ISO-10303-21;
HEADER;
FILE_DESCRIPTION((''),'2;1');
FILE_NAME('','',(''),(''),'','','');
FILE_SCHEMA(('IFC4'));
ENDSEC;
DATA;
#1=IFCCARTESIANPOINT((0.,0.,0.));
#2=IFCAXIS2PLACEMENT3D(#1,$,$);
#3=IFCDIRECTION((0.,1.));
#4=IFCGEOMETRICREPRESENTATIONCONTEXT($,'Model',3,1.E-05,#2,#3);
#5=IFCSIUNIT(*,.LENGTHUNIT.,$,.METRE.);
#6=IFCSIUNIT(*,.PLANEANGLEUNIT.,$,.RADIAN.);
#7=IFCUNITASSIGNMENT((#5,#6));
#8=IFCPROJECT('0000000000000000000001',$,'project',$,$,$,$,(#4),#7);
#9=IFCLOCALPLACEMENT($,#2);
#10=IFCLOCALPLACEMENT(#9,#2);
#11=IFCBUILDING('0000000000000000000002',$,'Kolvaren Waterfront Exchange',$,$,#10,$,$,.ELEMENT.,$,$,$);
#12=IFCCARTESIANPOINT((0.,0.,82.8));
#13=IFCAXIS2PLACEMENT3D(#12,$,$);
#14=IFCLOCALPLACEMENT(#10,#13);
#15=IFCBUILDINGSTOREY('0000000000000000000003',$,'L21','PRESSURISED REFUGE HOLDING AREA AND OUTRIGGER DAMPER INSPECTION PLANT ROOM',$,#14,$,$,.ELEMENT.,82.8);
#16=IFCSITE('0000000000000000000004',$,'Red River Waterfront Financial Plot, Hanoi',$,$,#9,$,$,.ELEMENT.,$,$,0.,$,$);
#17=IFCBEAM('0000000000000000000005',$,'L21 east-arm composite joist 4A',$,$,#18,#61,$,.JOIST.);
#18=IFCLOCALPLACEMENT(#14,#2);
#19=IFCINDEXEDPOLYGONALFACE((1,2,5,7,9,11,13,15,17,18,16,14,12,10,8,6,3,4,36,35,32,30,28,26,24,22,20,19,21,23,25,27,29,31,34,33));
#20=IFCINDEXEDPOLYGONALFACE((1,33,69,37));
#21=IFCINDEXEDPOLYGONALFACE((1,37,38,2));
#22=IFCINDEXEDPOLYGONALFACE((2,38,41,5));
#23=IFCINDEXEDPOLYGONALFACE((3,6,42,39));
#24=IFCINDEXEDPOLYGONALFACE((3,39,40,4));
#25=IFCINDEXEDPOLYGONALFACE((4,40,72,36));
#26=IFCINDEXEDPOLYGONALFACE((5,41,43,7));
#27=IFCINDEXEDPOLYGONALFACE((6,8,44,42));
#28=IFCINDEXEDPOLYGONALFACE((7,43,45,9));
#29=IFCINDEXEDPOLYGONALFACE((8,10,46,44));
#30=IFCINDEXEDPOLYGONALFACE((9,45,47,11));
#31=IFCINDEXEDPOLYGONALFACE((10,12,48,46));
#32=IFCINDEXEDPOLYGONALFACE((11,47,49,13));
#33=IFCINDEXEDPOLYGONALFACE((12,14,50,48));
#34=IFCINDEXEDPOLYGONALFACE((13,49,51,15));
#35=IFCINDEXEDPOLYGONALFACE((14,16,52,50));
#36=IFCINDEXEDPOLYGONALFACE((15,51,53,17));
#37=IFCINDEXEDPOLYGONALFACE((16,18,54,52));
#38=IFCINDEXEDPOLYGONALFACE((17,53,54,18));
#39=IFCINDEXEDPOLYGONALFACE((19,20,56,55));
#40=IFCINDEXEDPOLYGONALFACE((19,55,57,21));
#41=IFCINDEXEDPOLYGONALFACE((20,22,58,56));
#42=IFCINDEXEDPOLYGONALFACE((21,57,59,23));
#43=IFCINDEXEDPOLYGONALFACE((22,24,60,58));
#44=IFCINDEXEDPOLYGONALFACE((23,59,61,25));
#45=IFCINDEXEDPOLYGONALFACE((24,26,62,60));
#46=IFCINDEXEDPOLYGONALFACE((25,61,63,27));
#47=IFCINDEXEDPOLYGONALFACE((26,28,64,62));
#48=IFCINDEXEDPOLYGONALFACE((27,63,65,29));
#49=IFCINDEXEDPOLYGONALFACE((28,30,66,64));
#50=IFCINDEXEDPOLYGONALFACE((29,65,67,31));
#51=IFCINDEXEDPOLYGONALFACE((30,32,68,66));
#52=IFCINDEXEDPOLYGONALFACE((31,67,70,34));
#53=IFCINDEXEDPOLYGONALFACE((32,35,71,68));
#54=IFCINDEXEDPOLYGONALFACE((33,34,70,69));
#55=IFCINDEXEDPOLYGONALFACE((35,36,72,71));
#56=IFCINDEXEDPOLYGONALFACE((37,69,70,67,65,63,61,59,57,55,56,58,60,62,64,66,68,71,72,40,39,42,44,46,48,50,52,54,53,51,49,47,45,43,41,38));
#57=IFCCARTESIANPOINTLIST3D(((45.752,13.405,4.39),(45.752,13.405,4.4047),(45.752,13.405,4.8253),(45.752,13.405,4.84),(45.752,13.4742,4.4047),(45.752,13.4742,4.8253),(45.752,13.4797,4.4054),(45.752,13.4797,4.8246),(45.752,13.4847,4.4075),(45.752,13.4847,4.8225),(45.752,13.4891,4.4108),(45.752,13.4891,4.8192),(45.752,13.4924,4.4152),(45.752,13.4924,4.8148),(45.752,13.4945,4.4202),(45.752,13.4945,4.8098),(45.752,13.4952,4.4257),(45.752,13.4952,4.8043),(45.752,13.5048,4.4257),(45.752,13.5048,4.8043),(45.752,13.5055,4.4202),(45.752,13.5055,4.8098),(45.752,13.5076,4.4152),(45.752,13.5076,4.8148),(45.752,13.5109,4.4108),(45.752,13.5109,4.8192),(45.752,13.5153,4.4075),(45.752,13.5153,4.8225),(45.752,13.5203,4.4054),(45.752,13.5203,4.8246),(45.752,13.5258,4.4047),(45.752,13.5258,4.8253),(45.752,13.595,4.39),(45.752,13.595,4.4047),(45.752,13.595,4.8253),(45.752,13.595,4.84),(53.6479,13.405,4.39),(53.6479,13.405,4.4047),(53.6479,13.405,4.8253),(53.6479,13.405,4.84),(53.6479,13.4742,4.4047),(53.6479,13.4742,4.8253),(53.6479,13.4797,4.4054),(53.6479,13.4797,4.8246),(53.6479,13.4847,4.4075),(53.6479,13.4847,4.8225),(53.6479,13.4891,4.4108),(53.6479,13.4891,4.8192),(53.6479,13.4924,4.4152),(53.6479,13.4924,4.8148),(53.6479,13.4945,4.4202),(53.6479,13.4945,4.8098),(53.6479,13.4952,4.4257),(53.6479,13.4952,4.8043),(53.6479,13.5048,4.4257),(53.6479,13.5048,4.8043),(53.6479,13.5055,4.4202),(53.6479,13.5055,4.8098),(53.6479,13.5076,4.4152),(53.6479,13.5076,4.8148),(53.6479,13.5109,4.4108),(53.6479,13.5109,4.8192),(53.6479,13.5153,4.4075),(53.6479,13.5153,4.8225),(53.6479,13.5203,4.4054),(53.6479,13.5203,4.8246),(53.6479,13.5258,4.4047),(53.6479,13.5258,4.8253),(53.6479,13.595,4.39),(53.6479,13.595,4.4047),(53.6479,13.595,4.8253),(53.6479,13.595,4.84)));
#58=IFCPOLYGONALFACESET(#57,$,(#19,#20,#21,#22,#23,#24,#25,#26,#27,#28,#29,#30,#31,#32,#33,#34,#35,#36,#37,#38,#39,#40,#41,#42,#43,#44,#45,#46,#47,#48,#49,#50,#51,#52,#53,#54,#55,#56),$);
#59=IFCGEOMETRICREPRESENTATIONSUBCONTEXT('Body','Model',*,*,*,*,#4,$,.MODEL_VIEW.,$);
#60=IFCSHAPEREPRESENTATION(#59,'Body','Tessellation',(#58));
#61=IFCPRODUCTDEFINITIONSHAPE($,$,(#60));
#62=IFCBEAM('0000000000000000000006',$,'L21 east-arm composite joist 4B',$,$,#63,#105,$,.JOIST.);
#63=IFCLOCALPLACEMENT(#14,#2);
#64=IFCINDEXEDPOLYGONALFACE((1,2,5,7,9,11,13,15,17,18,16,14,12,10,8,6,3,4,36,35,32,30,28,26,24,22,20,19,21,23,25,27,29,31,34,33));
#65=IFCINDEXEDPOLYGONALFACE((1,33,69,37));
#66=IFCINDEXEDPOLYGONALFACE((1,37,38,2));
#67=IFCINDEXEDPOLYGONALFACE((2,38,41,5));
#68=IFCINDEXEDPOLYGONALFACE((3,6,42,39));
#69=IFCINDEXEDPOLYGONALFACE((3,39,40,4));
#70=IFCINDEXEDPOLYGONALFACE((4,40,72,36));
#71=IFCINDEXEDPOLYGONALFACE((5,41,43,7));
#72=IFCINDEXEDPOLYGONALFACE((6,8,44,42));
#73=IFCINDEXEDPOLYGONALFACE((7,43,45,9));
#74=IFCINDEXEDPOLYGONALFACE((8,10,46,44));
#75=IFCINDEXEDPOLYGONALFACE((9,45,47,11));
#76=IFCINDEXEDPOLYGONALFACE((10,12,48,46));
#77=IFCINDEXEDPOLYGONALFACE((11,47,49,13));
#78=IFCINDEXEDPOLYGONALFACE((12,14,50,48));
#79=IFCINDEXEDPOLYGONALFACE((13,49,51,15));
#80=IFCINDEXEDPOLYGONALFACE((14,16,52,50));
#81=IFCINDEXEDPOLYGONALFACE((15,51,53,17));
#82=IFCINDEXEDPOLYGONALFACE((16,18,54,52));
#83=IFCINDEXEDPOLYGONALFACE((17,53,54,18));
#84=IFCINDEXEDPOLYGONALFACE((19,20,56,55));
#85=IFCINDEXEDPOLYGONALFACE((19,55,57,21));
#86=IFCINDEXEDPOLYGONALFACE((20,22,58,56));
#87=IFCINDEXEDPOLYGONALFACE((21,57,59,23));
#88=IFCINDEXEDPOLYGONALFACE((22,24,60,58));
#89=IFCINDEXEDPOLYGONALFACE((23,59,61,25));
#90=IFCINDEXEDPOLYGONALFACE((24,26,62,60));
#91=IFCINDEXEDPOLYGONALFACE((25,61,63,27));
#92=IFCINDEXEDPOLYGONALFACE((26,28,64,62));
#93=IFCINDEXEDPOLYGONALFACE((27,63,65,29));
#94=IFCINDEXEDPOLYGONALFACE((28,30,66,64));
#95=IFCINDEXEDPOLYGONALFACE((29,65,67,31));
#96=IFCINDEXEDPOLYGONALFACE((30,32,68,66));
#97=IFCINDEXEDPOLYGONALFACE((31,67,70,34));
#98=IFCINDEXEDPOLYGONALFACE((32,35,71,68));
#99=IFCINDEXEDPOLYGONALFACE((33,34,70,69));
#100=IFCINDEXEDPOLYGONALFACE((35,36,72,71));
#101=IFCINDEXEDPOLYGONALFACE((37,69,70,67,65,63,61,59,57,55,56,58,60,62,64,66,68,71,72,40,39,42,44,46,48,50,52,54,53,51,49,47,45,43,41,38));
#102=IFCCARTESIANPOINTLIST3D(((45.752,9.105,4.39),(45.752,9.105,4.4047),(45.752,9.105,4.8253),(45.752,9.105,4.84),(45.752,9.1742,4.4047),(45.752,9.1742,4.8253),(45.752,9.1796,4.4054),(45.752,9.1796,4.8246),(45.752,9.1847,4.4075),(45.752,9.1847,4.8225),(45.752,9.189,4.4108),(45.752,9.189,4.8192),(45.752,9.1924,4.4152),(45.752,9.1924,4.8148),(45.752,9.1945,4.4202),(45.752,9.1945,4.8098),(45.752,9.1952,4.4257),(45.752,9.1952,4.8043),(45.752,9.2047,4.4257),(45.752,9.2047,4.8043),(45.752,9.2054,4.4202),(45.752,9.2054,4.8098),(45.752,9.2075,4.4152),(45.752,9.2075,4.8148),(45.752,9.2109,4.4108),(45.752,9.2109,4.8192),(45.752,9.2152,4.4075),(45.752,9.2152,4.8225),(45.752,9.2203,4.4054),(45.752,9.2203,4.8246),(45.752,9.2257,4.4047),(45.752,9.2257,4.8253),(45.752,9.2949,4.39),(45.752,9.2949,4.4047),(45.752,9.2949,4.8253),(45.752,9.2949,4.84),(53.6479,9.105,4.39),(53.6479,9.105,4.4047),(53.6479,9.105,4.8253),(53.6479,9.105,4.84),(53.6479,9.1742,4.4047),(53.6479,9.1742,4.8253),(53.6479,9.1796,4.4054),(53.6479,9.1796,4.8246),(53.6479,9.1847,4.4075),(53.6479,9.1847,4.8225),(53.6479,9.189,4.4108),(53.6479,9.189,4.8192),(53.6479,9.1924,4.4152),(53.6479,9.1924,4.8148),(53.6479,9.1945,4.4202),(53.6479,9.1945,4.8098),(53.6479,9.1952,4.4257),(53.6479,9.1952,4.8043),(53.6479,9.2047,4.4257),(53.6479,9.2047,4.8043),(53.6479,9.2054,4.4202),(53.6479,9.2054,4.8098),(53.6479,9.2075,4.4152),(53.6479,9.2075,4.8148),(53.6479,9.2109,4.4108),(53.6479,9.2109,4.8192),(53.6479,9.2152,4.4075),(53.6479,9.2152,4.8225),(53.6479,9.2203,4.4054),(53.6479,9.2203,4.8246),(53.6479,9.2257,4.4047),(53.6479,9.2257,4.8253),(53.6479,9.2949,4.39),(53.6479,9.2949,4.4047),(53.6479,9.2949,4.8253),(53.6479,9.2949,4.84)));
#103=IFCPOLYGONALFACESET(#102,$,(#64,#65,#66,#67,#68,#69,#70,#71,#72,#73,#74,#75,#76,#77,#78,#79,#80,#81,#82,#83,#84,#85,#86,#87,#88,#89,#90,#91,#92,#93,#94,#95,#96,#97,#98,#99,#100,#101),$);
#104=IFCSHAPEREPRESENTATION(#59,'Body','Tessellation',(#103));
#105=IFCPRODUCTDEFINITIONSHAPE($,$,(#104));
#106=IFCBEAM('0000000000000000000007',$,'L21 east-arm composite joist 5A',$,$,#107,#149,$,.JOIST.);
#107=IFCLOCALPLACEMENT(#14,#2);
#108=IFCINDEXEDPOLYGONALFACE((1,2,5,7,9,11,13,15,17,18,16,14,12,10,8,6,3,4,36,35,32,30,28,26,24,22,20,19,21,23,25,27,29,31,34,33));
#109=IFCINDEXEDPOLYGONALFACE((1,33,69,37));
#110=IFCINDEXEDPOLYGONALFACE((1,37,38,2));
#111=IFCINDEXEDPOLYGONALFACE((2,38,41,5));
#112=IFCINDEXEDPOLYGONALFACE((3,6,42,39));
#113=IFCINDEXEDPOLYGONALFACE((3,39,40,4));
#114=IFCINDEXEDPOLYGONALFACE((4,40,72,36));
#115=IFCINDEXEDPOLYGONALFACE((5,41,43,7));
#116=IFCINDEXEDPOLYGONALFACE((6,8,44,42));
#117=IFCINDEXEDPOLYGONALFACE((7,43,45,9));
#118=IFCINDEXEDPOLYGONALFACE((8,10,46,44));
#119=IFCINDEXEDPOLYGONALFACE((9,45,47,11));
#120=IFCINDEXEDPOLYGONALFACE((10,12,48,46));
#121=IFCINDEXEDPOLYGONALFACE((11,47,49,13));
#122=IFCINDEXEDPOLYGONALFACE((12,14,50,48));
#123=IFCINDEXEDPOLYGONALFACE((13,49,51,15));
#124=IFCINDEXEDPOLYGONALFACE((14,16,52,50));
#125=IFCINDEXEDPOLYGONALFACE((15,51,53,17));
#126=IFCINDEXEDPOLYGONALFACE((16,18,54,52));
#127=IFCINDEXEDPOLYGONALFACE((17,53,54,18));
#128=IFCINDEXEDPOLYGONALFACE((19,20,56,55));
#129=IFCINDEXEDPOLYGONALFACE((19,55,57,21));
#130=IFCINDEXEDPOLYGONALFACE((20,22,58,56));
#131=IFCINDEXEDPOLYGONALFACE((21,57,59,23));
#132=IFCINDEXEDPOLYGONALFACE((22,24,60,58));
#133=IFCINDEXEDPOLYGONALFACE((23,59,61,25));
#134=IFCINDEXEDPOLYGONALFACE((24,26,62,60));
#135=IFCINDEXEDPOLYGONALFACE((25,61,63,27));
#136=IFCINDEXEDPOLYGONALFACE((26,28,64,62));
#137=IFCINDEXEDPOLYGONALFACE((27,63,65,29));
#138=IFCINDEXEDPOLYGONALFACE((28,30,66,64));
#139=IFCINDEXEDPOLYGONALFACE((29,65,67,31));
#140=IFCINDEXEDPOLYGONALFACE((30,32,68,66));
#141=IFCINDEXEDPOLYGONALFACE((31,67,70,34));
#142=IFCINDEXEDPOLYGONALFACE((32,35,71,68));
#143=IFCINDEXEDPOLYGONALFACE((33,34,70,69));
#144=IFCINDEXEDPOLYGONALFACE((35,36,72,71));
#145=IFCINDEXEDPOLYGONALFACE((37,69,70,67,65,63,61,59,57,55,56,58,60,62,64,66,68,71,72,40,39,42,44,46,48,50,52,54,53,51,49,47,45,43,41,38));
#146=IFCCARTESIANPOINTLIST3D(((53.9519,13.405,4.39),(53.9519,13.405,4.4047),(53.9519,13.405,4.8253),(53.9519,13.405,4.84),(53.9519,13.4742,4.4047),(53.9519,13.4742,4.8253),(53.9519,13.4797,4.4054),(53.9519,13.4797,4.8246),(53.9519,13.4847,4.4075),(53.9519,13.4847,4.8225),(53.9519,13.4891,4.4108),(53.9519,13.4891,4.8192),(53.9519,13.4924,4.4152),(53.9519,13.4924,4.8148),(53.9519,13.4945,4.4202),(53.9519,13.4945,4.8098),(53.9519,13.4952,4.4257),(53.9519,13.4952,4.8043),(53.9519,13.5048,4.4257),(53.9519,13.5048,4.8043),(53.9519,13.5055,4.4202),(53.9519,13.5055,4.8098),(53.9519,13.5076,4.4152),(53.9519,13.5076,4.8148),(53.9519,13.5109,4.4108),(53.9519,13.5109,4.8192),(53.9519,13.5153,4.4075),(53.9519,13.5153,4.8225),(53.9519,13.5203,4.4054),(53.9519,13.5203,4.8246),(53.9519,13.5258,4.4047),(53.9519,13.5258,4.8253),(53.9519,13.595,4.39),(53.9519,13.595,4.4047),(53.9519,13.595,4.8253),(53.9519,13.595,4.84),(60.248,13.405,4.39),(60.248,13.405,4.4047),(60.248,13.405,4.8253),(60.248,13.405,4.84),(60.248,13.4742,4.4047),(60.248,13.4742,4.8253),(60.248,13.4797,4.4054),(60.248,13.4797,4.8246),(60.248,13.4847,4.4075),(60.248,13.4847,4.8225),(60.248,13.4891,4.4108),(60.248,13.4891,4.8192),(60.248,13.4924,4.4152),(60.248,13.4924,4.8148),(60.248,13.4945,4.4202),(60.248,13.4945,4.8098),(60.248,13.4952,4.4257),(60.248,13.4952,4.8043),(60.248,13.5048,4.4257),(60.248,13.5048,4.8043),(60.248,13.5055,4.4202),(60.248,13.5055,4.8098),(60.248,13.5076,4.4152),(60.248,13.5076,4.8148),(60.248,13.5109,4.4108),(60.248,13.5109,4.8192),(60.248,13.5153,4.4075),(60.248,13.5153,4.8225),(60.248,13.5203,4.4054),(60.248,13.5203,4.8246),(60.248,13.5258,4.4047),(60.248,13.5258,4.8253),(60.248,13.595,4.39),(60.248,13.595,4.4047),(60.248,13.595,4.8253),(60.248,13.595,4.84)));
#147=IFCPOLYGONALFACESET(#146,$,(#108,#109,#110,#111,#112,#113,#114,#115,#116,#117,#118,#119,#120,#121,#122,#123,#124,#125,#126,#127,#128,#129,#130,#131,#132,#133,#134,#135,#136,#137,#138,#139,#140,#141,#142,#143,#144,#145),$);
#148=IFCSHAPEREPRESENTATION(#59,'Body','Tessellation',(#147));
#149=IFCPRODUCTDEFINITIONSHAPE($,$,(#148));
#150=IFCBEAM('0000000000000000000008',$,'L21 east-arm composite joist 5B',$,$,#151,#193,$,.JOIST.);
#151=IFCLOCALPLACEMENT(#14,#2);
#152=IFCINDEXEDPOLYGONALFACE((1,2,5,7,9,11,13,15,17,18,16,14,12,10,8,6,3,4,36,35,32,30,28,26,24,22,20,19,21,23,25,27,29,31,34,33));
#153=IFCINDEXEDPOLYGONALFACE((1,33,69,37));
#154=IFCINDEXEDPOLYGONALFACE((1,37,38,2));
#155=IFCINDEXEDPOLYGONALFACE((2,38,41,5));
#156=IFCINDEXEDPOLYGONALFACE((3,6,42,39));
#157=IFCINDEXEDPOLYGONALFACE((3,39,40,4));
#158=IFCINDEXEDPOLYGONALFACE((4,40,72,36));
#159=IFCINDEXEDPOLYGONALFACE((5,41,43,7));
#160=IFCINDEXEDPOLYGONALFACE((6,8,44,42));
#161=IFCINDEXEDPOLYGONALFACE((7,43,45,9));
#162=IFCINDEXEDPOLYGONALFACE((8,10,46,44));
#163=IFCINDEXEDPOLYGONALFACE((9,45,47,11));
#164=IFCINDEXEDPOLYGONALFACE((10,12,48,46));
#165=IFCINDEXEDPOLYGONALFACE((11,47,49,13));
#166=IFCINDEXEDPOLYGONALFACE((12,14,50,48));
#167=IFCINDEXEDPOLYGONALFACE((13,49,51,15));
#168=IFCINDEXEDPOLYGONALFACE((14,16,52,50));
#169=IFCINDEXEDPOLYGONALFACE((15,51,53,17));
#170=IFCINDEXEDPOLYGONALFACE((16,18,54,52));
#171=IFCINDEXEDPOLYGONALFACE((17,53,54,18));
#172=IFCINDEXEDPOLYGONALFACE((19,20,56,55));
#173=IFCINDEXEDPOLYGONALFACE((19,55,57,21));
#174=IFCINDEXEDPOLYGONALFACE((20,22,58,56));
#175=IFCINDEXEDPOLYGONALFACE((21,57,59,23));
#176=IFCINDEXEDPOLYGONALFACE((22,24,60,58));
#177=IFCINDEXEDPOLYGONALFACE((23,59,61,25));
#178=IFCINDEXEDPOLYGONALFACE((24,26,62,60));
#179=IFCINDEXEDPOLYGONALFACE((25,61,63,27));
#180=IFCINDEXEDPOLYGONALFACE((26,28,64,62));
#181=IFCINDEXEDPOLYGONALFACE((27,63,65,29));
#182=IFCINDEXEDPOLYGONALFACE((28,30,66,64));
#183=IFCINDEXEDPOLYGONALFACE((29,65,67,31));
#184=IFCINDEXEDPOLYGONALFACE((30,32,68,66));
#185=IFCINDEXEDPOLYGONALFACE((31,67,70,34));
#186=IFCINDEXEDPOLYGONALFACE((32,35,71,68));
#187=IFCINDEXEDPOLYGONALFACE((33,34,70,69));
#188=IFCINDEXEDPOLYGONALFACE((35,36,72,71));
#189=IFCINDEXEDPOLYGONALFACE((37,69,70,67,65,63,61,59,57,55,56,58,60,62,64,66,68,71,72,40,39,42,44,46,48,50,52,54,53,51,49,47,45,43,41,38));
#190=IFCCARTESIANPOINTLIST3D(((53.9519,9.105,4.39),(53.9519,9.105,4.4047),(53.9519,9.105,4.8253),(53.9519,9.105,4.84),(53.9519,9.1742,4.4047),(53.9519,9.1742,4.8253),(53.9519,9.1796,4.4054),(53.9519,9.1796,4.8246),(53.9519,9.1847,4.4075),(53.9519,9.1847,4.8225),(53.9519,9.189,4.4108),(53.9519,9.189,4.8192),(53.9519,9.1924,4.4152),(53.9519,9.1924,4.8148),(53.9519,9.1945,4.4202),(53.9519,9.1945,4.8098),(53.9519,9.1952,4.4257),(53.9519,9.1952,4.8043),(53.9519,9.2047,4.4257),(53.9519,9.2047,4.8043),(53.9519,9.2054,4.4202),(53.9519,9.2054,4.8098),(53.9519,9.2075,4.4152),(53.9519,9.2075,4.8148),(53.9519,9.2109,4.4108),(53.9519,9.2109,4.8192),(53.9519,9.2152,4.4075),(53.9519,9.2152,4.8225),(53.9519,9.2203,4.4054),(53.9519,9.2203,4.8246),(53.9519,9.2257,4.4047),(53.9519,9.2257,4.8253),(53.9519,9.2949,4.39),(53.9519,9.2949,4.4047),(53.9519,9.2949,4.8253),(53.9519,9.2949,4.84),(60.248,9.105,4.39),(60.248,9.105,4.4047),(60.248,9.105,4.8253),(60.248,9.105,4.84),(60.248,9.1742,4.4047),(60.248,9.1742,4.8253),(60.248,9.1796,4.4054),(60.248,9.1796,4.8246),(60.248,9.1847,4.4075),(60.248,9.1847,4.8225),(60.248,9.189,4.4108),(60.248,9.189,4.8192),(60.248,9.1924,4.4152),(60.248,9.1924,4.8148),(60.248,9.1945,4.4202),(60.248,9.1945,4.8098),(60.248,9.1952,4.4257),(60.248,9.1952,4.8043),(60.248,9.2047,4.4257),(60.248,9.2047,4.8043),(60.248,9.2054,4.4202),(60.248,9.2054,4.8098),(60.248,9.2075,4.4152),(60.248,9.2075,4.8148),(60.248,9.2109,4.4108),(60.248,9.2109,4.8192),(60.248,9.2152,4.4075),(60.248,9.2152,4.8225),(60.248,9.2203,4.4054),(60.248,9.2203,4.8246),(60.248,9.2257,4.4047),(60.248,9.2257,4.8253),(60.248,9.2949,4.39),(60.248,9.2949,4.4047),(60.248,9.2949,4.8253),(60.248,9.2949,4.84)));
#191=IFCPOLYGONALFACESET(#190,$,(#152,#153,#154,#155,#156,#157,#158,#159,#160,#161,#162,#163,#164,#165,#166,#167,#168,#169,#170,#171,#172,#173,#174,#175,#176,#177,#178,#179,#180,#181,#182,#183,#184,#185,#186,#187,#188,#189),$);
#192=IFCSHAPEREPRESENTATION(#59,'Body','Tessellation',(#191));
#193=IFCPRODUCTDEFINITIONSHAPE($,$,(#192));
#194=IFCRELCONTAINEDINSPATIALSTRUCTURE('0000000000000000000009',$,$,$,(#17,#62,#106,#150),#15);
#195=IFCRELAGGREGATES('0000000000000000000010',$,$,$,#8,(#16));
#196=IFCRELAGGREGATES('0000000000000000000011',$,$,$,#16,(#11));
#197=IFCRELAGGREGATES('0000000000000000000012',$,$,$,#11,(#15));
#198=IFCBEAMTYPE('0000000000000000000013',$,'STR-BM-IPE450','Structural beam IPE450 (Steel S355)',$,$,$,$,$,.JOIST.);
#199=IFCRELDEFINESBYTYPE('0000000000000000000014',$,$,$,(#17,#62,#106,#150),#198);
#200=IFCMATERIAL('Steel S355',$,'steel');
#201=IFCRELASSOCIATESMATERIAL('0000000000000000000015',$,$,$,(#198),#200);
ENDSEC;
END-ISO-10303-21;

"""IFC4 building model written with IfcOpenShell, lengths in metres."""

from ifc_helpers import new_model, si_unit, direction, frame, origin, origin_2d, place, context, subcontext, project, spatial, i_section, extrude, material, material_profile, profile_set, type_object, element, save


model = new_model("IFC4")

# Units and contexts
model_context = context("Model", 3, precision=1e-05, world=origin(), true_north=direction((0.0, 1.0)))
body_context = subcontext(model_context, "Body", "Model", "MODEL_VIEW")
ifc_project = project(units=[si_unit("LENGTHUNIT", "METRE"), si_unit("PLANEANGLEUNIT", "RADIAN")], contexts=[model_context])

# Site, building, storey
site_placement = place(None, origin())
site = spatial("IfcSite", under=ifc_project, at=site_placement, Name="Red River Waterfront Financial Plot, Hanoi", CompositionType="ELEMENT", RefElevation=0.0)
building_placement = place(site_placement, origin())
building = spatial("IfcBuilding", under=site, at=building_placement, Name="Kolvaren Waterfront Exchange", CompositionType="ELEMENT")
storey_placement = place(building_placement, frame((0.0, 0.0, 82.8)))
storey = spatial("IfcBuildingStorey", under=building, at=storey_placement, Name="L21", Description="PRESSURISED REFUGE HOLDING AREA AND OUTRIGGER DAMPER INSPECTION PLANT ROOM", CompositionType="ELEMENT", Elevation=82.8)

# Beams
ifc_material_1 = material(Name="Steel S355", Category="steel")
ifc_material_profile_1 = material_profile(ifc_material_1, i_section(OverallWidth=0.1899, OverallDepth=0.45, WebThickness=0.0095, FlangeThickness=0.0146, FilletRadius=0.021, at=origin_2d()), Name="IPE450")
ifc_profile_set_1 = profile_set([ifc_material_profile_1], Name="Steel S355")
beam_type_1 = type_object("IfcBeamType", Name="STR-BM-IPE450", Description="Structural beam IPE450 (Steel S355)", PredefinedType="JOIST", material=ifc_profile_set_1)
for number, where, z_axis, x_axis, name in (
    (1, (45.752, 13.5, 4.615), (1.0, 0.0, 0.0), (0.0, 1.0, 0.0), "L21 east-arm composite joist 4A"),
    (2, (45.752, 9.2, 4.615), (1.0, 0.0, 0.0), (0.0, 1.0, 0.0), "L21 east-arm composite joist 4B"),
):
    element("IfcBeam", number, at=place(storey_placement, frame(where, z_axis=z_axis, x_axis=x_axis)), inside=storey, type_object=beam_type_1, Name=name, PredefinedType="JOIST", context=body_context, shape_type="SweptSolid", body=[
        extrude(i_section(OverallWidth=0.1899, OverallDepth=0.45, WebThickness=0.0095, FlangeThickness=0.0146, FilletRadius=0.021, at=origin_2d()), origin(), (0.0, 0.0, 1.0), 7.896),
    ])
for number, where, z_axis, x_axis, name in (
    (3, (53.9519, 13.5, 4.615), (1.0, 0.0, 0.0), (0.0, 1.0, 0.0), "L21 east-arm composite joist 5A"),
    (4, (53.9519, 9.2, 4.615), (1.0, 0.0, 0.0), (0.0, 1.0, 0.0), "L21 east-arm composite joist 5B"),
):
    element("IfcBeam", number, at=place(storey_placement, frame(where, z_axis=z_axis, x_axis=x_axis)), inside=storey, type_object=beam_type_1, Name=name, PredefinedType="JOIST", context=body_context, shape_type="SweptSolid", body=[
        extrude(i_section(OverallWidth=0.1899, OverallDepth=0.45, WebThickness=0.0095, FlangeThickness=0.0146, FilletRadius=0.021, at=origin_2d()), origin(), (0.0, 0.0, 1.0), 6.2961),
    ])

save(model, "model.ifc")
